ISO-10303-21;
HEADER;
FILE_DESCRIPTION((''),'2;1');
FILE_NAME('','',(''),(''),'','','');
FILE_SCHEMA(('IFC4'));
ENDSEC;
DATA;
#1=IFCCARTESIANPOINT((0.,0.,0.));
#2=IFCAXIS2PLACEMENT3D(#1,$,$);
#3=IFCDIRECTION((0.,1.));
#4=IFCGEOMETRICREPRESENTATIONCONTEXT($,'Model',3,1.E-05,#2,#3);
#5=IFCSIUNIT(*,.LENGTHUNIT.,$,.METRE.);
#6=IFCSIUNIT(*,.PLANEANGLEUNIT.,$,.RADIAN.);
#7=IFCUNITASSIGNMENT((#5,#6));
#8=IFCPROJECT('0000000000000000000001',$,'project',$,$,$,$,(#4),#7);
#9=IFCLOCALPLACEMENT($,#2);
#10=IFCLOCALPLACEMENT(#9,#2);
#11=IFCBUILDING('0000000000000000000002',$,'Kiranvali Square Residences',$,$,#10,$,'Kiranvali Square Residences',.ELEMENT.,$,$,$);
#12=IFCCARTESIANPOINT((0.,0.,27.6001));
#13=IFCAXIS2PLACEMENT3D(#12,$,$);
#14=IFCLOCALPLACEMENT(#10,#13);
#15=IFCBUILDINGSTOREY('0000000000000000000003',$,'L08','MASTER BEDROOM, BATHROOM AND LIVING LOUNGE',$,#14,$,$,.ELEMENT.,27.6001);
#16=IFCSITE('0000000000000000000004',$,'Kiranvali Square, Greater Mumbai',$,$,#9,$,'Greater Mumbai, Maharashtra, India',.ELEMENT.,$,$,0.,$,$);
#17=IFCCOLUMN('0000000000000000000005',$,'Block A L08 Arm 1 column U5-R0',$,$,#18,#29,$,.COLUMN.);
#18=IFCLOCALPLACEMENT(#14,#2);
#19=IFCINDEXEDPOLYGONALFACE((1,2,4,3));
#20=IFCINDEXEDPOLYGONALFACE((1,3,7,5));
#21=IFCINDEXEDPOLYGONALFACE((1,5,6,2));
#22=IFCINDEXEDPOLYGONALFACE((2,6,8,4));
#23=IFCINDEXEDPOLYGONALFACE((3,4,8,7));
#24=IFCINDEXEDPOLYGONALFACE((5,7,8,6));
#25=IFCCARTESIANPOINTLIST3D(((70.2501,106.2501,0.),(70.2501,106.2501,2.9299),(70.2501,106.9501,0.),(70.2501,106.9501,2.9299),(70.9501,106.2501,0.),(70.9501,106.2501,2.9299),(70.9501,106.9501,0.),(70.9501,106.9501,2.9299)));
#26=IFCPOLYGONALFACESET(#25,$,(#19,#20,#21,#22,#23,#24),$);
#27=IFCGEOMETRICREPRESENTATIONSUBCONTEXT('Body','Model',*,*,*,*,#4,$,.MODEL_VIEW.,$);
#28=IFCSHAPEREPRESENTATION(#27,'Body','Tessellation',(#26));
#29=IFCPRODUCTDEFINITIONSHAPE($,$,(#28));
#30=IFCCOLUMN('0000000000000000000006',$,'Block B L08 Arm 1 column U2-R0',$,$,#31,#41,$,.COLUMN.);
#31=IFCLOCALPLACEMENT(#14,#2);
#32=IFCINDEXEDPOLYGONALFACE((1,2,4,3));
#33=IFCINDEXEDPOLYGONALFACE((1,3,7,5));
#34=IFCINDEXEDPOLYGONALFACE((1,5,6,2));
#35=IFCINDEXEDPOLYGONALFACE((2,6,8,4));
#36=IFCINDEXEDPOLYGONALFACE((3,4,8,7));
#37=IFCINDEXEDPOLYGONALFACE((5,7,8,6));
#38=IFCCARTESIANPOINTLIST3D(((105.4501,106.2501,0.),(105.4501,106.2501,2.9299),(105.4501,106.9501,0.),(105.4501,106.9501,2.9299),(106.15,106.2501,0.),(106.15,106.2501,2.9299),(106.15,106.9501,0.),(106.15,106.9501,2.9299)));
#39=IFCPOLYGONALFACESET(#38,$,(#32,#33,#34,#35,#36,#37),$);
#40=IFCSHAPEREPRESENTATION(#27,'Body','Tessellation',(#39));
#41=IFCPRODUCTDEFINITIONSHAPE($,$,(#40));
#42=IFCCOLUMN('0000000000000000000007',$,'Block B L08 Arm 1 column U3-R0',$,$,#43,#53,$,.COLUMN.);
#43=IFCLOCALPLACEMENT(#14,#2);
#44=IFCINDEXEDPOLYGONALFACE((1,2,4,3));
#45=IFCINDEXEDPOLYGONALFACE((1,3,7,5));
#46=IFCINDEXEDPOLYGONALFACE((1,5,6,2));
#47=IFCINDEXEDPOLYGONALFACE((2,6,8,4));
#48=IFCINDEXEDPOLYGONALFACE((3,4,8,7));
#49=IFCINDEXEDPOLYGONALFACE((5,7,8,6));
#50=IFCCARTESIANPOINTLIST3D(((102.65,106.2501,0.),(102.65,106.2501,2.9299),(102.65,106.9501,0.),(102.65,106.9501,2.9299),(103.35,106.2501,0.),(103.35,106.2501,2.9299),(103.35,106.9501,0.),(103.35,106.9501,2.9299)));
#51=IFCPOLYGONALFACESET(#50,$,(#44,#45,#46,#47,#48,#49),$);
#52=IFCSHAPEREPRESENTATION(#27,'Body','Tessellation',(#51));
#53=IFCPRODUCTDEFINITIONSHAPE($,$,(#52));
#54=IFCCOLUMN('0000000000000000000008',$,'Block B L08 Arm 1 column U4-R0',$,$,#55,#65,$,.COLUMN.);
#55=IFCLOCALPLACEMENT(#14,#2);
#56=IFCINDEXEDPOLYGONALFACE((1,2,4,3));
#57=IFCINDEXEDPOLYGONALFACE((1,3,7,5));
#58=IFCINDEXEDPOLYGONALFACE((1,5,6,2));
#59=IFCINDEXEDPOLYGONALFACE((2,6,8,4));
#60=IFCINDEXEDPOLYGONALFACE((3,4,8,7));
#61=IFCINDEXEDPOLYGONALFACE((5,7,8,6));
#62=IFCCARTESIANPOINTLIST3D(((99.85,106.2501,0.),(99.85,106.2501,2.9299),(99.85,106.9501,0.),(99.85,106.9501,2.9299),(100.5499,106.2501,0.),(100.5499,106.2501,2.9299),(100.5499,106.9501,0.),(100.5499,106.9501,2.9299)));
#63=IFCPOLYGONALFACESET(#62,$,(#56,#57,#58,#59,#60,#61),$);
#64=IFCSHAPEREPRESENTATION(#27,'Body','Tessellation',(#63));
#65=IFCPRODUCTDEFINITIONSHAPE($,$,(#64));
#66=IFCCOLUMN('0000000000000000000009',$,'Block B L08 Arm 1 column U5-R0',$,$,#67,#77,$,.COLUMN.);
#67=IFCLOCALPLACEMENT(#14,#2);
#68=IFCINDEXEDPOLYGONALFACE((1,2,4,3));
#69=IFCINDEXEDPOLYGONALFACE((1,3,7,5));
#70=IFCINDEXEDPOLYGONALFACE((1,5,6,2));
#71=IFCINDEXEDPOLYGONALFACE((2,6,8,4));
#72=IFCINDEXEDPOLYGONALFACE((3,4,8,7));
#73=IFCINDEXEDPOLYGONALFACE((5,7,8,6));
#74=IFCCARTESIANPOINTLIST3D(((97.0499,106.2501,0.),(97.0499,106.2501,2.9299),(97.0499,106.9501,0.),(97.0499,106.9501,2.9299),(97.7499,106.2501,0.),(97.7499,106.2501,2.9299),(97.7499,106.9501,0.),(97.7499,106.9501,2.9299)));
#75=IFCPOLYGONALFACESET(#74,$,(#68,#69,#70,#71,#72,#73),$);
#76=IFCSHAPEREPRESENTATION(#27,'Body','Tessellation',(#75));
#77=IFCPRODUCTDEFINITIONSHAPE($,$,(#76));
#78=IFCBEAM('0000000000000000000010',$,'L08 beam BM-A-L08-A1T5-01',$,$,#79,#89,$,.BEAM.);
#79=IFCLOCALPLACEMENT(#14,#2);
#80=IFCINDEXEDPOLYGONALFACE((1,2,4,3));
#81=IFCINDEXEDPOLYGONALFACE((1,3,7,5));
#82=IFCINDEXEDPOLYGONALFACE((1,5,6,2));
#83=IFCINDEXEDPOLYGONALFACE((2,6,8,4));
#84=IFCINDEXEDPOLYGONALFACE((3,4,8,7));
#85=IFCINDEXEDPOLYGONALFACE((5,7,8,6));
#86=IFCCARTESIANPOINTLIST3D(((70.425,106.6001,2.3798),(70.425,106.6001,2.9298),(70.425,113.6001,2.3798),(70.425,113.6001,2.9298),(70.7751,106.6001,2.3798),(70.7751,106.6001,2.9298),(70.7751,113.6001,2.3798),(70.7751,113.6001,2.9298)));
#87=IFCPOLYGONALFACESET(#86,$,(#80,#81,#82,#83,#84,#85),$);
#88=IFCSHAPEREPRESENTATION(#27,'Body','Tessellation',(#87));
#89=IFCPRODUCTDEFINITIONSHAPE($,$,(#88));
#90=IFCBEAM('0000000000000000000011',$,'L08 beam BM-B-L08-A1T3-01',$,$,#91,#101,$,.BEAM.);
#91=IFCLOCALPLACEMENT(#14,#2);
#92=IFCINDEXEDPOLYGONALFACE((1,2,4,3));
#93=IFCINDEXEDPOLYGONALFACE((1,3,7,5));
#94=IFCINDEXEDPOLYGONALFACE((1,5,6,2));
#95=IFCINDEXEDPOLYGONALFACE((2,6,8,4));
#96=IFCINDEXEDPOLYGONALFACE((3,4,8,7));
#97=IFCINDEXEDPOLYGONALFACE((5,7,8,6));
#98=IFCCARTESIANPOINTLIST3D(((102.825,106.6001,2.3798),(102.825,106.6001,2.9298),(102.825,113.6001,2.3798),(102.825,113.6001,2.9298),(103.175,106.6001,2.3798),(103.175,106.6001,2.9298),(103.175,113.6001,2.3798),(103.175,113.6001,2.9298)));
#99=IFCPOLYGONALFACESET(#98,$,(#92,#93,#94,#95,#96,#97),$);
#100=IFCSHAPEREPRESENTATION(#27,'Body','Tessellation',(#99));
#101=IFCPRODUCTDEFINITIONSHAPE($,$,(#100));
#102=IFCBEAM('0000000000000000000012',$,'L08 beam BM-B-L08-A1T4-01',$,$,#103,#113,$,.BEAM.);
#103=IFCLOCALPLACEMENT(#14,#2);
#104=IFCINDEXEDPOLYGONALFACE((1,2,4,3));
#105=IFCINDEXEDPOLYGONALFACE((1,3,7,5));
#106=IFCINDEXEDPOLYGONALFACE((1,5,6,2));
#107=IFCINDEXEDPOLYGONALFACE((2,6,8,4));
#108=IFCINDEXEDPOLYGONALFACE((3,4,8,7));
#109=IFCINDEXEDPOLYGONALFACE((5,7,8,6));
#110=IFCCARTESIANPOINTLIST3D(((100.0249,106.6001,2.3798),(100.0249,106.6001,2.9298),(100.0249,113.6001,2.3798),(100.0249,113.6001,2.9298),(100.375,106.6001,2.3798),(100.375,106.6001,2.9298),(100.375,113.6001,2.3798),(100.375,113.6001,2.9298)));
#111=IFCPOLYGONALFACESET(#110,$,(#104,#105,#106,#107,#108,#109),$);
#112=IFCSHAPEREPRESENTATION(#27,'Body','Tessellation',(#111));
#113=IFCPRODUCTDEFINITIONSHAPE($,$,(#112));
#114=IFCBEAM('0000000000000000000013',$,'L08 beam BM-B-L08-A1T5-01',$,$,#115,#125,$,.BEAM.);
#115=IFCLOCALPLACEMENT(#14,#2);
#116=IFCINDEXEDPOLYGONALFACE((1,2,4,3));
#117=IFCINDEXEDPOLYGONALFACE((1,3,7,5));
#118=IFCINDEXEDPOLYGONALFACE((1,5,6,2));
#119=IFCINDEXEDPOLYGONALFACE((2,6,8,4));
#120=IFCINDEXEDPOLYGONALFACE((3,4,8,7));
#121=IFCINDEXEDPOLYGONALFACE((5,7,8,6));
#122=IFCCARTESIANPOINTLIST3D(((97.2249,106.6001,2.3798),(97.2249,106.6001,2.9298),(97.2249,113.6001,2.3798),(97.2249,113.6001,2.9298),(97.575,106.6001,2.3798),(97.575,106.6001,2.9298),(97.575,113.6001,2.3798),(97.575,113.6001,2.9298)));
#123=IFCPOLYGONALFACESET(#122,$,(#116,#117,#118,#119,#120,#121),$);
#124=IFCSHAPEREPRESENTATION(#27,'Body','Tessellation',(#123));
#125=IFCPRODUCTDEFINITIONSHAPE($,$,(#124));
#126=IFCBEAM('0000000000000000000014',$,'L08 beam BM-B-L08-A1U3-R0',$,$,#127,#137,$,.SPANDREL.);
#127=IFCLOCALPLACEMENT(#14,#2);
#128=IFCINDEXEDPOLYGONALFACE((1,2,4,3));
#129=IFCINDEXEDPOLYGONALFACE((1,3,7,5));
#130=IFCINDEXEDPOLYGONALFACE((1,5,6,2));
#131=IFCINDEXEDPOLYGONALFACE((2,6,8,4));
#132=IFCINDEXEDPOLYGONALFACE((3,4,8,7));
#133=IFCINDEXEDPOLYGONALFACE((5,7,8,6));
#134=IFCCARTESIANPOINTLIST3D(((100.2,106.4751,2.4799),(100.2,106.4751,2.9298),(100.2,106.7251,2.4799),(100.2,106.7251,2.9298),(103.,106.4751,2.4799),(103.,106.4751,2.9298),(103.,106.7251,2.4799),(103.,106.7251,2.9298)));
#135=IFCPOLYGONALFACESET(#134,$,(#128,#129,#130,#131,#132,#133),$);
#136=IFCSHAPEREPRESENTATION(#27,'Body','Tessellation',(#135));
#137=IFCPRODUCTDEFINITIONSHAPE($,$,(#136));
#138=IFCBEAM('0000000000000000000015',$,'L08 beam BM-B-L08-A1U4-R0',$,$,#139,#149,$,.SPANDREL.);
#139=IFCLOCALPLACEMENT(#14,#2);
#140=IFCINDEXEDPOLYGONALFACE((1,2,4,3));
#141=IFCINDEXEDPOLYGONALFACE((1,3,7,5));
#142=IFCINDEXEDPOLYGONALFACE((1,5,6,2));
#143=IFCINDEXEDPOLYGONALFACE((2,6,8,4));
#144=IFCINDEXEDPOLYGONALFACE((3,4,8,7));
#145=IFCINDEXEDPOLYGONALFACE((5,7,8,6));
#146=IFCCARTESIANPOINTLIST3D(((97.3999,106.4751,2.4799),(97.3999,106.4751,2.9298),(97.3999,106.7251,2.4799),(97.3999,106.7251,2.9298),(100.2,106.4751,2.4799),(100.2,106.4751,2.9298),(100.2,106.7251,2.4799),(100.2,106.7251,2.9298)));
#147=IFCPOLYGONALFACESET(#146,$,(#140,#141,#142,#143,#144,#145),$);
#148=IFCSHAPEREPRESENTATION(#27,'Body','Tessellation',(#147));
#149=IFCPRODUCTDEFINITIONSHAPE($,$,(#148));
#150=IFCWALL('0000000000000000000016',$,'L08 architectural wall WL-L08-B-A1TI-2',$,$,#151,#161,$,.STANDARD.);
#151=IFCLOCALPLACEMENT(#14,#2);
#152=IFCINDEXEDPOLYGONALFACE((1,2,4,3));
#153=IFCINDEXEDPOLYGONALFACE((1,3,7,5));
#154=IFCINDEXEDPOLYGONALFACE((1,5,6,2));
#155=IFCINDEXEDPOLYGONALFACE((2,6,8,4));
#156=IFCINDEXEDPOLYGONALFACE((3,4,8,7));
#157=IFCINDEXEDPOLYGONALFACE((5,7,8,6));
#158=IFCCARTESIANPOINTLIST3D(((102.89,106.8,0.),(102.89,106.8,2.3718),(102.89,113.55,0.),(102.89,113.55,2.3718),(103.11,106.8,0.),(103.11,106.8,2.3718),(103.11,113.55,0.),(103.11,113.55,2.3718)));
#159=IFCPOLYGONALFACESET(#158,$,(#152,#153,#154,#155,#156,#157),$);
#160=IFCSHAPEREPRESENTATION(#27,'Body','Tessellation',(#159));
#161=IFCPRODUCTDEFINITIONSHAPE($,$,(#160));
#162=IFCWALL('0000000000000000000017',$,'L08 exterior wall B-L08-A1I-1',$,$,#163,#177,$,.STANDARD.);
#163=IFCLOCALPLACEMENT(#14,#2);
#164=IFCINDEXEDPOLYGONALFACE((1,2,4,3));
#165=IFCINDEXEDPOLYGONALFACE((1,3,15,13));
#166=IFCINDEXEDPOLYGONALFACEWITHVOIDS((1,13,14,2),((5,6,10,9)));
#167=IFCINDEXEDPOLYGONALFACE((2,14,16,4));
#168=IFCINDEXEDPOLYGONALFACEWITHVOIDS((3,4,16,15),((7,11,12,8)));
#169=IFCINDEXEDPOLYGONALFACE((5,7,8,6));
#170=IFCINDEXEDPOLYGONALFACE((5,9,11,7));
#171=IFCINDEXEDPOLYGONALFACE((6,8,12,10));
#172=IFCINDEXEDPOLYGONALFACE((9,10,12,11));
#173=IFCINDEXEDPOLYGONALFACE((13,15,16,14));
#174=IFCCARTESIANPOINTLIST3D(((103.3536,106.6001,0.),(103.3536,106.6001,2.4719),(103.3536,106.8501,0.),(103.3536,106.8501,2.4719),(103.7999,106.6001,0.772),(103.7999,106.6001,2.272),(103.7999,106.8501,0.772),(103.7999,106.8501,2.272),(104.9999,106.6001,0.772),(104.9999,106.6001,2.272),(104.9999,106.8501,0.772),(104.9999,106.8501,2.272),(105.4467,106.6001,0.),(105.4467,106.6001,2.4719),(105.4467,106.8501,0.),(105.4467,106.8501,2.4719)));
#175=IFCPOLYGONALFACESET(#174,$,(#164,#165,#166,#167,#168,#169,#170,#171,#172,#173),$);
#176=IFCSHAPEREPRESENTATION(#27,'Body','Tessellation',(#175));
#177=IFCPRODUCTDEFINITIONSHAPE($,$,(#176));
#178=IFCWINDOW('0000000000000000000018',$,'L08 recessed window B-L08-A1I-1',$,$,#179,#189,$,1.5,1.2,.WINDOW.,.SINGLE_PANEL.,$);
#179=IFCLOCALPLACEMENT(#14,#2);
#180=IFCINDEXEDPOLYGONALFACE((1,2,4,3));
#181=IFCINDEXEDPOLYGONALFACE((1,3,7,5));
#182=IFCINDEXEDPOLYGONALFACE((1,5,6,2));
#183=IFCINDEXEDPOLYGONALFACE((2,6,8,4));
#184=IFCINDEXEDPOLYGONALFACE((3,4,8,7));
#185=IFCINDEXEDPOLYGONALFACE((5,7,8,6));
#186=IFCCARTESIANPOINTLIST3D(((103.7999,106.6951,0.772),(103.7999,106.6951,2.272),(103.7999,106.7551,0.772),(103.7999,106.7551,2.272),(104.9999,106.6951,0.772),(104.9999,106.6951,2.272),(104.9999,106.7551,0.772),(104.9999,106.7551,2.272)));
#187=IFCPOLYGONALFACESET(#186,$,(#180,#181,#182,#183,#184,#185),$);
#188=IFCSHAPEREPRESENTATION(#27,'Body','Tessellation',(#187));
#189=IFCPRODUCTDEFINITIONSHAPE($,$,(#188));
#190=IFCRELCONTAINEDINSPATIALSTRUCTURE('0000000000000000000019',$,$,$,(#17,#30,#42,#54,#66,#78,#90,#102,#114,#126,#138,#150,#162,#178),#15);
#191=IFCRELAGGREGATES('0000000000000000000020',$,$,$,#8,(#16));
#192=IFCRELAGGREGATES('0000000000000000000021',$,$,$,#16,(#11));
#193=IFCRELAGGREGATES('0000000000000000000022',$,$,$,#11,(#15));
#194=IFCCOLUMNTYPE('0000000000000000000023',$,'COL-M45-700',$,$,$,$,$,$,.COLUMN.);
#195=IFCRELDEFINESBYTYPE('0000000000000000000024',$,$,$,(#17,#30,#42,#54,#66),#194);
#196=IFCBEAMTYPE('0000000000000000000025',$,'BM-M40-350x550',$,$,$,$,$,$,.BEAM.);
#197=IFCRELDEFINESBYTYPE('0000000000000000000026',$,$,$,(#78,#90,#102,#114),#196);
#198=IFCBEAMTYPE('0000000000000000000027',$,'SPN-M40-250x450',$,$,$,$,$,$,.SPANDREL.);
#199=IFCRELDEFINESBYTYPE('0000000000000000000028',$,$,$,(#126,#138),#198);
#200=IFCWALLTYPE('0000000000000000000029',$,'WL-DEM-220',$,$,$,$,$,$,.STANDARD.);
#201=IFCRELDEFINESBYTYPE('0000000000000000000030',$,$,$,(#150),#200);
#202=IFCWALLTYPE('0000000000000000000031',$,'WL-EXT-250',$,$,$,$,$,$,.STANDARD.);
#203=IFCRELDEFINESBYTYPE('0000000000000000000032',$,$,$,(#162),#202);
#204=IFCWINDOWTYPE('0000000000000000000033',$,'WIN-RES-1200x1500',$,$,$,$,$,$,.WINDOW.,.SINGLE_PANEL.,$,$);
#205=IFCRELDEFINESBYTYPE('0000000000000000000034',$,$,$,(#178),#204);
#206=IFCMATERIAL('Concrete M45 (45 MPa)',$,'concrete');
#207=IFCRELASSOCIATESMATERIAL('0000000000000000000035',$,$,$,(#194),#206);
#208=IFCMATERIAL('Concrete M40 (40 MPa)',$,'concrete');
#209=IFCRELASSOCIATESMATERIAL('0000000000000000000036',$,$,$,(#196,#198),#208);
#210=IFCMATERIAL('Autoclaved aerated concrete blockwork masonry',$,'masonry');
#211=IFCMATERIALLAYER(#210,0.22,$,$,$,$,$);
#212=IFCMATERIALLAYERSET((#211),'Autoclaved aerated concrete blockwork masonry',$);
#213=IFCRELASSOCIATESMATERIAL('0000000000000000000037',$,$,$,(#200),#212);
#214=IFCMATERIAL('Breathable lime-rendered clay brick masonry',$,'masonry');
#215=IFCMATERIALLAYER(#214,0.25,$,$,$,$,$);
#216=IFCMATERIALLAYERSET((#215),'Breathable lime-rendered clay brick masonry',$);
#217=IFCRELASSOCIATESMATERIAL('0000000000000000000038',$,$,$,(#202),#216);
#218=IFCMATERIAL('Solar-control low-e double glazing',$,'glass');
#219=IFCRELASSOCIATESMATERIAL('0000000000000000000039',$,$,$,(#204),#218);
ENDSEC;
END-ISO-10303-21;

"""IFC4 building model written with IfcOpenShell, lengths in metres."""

from ifc_helpers import new_model, si_unit, direction, frame, frame_2d, origin, origin_2d, place, context, subcontext, project, spatial, rectangle, extrude, material, layer, layer_set, material_profile, profile_set, type_object, element, fill, save


model = new_model("IFC4")

# Units and contexts
model_context = context("Model", 3, precision=1e-05, world=origin(), true_north=direction((0.0, 1.0)))
body_context = subcontext(model_context, "Body", "Model", "MODEL_VIEW")
ifc_project = project(units=[si_unit("LENGTHUNIT", "METRE"), si_unit("PLANEANGLEUNIT", "RADIAN")], contexts=[model_context])

# Site, building, storey
site_placement = place(None, origin())
site = spatial("IfcSite", under=ifc_project, at=site_placement, Name="Kiranvali Square, Greater Mumbai", LongName="Greater Mumbai, Maharashtra, India", CompositionType="ELEMENT", RefElevation=0.0)
building_placement = place(site_placement, origin())
building = spatial("IfcBuilding", under=site, at=building_placement, Name="Kiranvali Square Residences", LongName="Kiranvali Square Residences", CompositionType="ELEMENT")
storey_placement = place(building_placement, frame((0.0, 0.0, 27.6001)))
storey = spatial("IfcBuildingStorey", under=building, at=storey_placement, Name="L08", Description="MASTER BEDROOM, BATHROOM AND LIVING LOUNGE", CompositionType="ELEMENT", Elevation=27.6001)

# Columns
ifc_material_1 = material(Name="Concrete M45 (45 MPa)", Category="concrete")
ifc_material_profile_1 = material_profile(ifc_material_1, rectangle(XDim=0.7, YDim=0.7, at=origin_2d()), Name="RC 700x700")
ifc_profile_set_1 = profile_set([ifc_material_profile_1], Name="Concrete M45 (45 MPa)")
column_type = type_object("IfcColumnType", Name="COL-M45-700", PredefinedType="COLUMN", material=ifc_profile_set_1)
for number, where, z_axis, x_axis, name in (
    (1, (70.6001, 106.6001, 0.0), (0.0, 0.0, 1.0), (1.0, 0.0, 0.0), "Block A L08 Arm 1 column U5-R0"),
    (2, (105.8, 106.6001, 0.0), (0.0, 0.0, 1.0), (1.0, 0.0, 0.0), "Block B L08 Arm 1 column U2-R0"),
    (3, (103.0, 106.6001, 0.0), (0.0, 0.0, 1.0), (1.0, 0.0, 0.0), "Block B L08 Arm 1 column U3-R0"),
    (4, (100.2, 106.6001, 0.0), (0.0, 0.0, 1.0), (1.0, 0.0, 0.0), "Block B L08 Arm 1 column U4-R0"),
    (5, (97.3999, 106.6001, 0.0), (0.0, 0.0, 1.0), (1.0, 0.0, 0.0), "Block B L08 Arm 1 column U5-R0"),
):
    element("IfcColumn", number, at=place(storey_placement, frame(where, z_axis=z_axis, x_axis=x_axis)), inside=storey, type_object=column_type, Name=name, PredefinedType="COLUMN", context=body_context, shape_type="SweptSolid", body=[
        extrude(rectangle(XDim=0.7, YDim=0.7, at=origin_2d()), origin(), (0.0, 0.0, 1.0), 2.9299),
    ])

# Beams
ifc_material_2 = material(Name="Concrete M40 (40 MPa)", Category="concrete")
ifc_material_profile_2 = material_profile(ifc_material_2, rectangle(XDim=0.3501, YDim=0.55, at=origin_2d()), Name="RC 350x550")
ifc_profile_set_2 = profile_set([ifc_material_profile_2], Name="Concrete M40 (40 MPa)")
beam_type_1 = type_object("IfcBeamType", Name="BM-M40-350x550", PredefinedType="BEAM", material=ifc_profile_set_2)
for number, where, z_axis, x_axis, name in (
    (6, (70.6001, 106.6001, 2.6548), (0.0, 1.0, 0.0), (-1.0, 0.0, 0.0), "L08 beam BM-A-L08-A1T5-01"),
    (7, (103.0, 106.6001, 2.6548), (0.0, 1.0, 0.0), (-1.0, 0.0, 0.0), "L08 beam BM-B-L08-A1T3-01"),
    (8, (100.2, 106.6001, 2.6548), (0.0, 1.0, 0.0), (-1.0, 0.0, 0.0), "L08 beam BM-B-L08-A1T4-01"),
    (9, (97.3999, 106.6001, 2.6548), (0.0, 1.0, 0.0), (-1.0, 0.0, 0.0), "L08 beam BM-B-L08-A1T5-01"),
):
    element("IfcBeam", number, at=place(storey_placement, frame(where, z_axis=z_axis, x_axis=x_axis)), inside=storey, type_object=beam_type_1, Name=name, PredefinedType="BEAM", context=body_context, shape_type="SweptSolid", body=[
        extrude(rectangle(XDim=0.3501, YDim=0.55, at=origin_2d()), origin(), (0.0, 0.0, 1.0), 7.0),
    ])
ifc_material_profile_3 = material_profile(ifc_material_2, rectangle(XDim=0.25, YDim=0.45, at=origin_2d()), Name="RC 250x450")
ifc_profile_set_3 = profile_set([ifc_material_profile_3], Name="Concrete M40 (40 MPa)")
beam_type_2 = type_object("IfcBeamType", Name="SPN-M40-250x450", PredefinedType="SPANDREL", material=ifc_profile_set_3)
for number, where, z_axis, x_axis, name in (
    (10, (103.0, 106.6001, 2.7048), (-1.0, 0.0, 0.0), (0.0, -1.0, 0.0), "L08 beam BM-B-L08-A1U3-R0"),
    (11, (100.2, 106.6001, 2.7048), (-1.0, 0.0, 0.0), (0.0, -1.0, 0.0), "L08 beam BM-B-L08-A1U4-R0"),
):
    element("IfcBeam", number, at=place(storey_placement, frame(where, z_axis=z_axis, x_axis=x_axis)), inside=storey, type_object=beam_type_2, Name=name, PredefinedType="SPANDREL", context=body_context, shape_type="SweptSolid", body=[
        extrude(rectangle(XDim=0.25, YDim=0.45, at=origin_2d()), origin(), (0.0, 0.0, 1.0), 2.8),
    ])

# Wall
ifc_material_3 = material(Name="Autoclaved aerated concrete blockwork masonry", Category="masonry")
ifc_layer_1 = layer(ifc_material_3, 0.22)
ifc_layer_set_1 = layer_set([ifc_layer_1], Name="Autoclaved aerated concrete blockwork masonry")
wall_type_1 = type_object("IfcWallType", Name="WL-DEM-220", PredefinedType="STANDARD", material=ifc_layer_set_1)
wall_1_placement = place(storey_placement, frame((103.0, 106.8, 0.0), z_axis=(0.0, 0.0, 1.0), x_axis=(0.0, 1.0, 0.0)))
element("IfcWall", 12, at=wall_1_placement, inside=storey, type_object=wall_type_1, Name="L08 architectural wall WL-L08-B-A1TI-2", PredefinedType="STANDARD", context=body_context, shape_type="SweptSolid", body=[
    extrude(rectangle(XDim=6.75, YDim=0.22, at=frame_2d((3.375, 0.0))), origin(), (0.0, 0.0, 1.0), 2.3718),
])

# Wall, opening, window
ifc_material_4 = material(Name="Breathable lime-rendered clay brick masonry", Category="masonry")
ifc_layer_2 = layer(ifc_material_4, 0.25)
ifc_layer_set_2 = layer_set([ifc_layer_2], Name="Breathable lime-rendered clay brick masonry")
wall_type_2 = type_object("IfcWallType", Name="WL-EXT-250", PredefinedType="STANDARD", material=ifc_layer_set_2)
wall_2_placement = place(storey_placement, frame((105.4465, 106.7251, 0.0), z_axis=(0.0, 0.0, 1.0), x_axis=(-1.0, 0.0, 0.0)))
wall_2 = element("IfcWall", 13, at=wall_2_placement, inside=storey, type_object=wall_type_2, Name="L08 exterior wall B-L08-A1I-1", PredefinedType="STANDARD", context=body_context, shape_type="SweptSolid", body=[
    extrude(rectangle(XDim=2.093, YDim=0.25, at=frame_2d((1.0464, 0.0))), origin(), (0.0, 0.0, 1.0), 2.4719),
])
opening_1_placement = place(wall_2_placement, frame((0.4465, 0.0, 0.772)))
opening_1 = element("IfcOpeningElement", 14, at=opening_1_placement, cuts=wall_2, PredefinedType="OPENING", context=body_context, shape_type="SweptSolid", body=[
    extrude(rectangle(XDim=1.2, YDim=1.5, at=frame_2d((0.6001, 0.75))), frame((0.0, 0.135, 0.0), z_axis=(0.0, -1.0, 0.0), x_axis=(1.0, 0.0, 0.0)), (0.0, 0.0, 1.0), 0.27),
])
ifc_material_5 = material(Name="Solar-control low-e double glazing", Category="glass")
window_type_1 = type_object("IfcWindowType", Name="WIN-RES-1200x1500", PartitioningType="SINGLE_PANEL", PredefinedType="WINDOW", material=ifc_material_5)
window_1_placement = place(opening_1_placement, origin())
window_1 = element("IfcWindow", 15, at=window_1_placement, inside=storey, type_object=window_type_1, Name="L08 recessed window B-L08-A1I-1", OverallHeight=1.5, OverallWidth=1.2, PartitioningType="SINGLE_PANEL", PredefinedType="WINDOW", context=body_context, shape_type="SweptSolid", body=[
    extrude(rectangle(XDim=1.2, YDim=1.5, at=frame_2d((0.6001, 0.75))), frame((0.0, 0.03, 0.0), z_axis=(0.0, -1.0, 0.0), x_axis=(1.0, 0.0, 0.0)), (0.0, 0.0, 1.0), 0.0601),
])
fill(opening_1, window_1)

save(model, "model.ifc")
